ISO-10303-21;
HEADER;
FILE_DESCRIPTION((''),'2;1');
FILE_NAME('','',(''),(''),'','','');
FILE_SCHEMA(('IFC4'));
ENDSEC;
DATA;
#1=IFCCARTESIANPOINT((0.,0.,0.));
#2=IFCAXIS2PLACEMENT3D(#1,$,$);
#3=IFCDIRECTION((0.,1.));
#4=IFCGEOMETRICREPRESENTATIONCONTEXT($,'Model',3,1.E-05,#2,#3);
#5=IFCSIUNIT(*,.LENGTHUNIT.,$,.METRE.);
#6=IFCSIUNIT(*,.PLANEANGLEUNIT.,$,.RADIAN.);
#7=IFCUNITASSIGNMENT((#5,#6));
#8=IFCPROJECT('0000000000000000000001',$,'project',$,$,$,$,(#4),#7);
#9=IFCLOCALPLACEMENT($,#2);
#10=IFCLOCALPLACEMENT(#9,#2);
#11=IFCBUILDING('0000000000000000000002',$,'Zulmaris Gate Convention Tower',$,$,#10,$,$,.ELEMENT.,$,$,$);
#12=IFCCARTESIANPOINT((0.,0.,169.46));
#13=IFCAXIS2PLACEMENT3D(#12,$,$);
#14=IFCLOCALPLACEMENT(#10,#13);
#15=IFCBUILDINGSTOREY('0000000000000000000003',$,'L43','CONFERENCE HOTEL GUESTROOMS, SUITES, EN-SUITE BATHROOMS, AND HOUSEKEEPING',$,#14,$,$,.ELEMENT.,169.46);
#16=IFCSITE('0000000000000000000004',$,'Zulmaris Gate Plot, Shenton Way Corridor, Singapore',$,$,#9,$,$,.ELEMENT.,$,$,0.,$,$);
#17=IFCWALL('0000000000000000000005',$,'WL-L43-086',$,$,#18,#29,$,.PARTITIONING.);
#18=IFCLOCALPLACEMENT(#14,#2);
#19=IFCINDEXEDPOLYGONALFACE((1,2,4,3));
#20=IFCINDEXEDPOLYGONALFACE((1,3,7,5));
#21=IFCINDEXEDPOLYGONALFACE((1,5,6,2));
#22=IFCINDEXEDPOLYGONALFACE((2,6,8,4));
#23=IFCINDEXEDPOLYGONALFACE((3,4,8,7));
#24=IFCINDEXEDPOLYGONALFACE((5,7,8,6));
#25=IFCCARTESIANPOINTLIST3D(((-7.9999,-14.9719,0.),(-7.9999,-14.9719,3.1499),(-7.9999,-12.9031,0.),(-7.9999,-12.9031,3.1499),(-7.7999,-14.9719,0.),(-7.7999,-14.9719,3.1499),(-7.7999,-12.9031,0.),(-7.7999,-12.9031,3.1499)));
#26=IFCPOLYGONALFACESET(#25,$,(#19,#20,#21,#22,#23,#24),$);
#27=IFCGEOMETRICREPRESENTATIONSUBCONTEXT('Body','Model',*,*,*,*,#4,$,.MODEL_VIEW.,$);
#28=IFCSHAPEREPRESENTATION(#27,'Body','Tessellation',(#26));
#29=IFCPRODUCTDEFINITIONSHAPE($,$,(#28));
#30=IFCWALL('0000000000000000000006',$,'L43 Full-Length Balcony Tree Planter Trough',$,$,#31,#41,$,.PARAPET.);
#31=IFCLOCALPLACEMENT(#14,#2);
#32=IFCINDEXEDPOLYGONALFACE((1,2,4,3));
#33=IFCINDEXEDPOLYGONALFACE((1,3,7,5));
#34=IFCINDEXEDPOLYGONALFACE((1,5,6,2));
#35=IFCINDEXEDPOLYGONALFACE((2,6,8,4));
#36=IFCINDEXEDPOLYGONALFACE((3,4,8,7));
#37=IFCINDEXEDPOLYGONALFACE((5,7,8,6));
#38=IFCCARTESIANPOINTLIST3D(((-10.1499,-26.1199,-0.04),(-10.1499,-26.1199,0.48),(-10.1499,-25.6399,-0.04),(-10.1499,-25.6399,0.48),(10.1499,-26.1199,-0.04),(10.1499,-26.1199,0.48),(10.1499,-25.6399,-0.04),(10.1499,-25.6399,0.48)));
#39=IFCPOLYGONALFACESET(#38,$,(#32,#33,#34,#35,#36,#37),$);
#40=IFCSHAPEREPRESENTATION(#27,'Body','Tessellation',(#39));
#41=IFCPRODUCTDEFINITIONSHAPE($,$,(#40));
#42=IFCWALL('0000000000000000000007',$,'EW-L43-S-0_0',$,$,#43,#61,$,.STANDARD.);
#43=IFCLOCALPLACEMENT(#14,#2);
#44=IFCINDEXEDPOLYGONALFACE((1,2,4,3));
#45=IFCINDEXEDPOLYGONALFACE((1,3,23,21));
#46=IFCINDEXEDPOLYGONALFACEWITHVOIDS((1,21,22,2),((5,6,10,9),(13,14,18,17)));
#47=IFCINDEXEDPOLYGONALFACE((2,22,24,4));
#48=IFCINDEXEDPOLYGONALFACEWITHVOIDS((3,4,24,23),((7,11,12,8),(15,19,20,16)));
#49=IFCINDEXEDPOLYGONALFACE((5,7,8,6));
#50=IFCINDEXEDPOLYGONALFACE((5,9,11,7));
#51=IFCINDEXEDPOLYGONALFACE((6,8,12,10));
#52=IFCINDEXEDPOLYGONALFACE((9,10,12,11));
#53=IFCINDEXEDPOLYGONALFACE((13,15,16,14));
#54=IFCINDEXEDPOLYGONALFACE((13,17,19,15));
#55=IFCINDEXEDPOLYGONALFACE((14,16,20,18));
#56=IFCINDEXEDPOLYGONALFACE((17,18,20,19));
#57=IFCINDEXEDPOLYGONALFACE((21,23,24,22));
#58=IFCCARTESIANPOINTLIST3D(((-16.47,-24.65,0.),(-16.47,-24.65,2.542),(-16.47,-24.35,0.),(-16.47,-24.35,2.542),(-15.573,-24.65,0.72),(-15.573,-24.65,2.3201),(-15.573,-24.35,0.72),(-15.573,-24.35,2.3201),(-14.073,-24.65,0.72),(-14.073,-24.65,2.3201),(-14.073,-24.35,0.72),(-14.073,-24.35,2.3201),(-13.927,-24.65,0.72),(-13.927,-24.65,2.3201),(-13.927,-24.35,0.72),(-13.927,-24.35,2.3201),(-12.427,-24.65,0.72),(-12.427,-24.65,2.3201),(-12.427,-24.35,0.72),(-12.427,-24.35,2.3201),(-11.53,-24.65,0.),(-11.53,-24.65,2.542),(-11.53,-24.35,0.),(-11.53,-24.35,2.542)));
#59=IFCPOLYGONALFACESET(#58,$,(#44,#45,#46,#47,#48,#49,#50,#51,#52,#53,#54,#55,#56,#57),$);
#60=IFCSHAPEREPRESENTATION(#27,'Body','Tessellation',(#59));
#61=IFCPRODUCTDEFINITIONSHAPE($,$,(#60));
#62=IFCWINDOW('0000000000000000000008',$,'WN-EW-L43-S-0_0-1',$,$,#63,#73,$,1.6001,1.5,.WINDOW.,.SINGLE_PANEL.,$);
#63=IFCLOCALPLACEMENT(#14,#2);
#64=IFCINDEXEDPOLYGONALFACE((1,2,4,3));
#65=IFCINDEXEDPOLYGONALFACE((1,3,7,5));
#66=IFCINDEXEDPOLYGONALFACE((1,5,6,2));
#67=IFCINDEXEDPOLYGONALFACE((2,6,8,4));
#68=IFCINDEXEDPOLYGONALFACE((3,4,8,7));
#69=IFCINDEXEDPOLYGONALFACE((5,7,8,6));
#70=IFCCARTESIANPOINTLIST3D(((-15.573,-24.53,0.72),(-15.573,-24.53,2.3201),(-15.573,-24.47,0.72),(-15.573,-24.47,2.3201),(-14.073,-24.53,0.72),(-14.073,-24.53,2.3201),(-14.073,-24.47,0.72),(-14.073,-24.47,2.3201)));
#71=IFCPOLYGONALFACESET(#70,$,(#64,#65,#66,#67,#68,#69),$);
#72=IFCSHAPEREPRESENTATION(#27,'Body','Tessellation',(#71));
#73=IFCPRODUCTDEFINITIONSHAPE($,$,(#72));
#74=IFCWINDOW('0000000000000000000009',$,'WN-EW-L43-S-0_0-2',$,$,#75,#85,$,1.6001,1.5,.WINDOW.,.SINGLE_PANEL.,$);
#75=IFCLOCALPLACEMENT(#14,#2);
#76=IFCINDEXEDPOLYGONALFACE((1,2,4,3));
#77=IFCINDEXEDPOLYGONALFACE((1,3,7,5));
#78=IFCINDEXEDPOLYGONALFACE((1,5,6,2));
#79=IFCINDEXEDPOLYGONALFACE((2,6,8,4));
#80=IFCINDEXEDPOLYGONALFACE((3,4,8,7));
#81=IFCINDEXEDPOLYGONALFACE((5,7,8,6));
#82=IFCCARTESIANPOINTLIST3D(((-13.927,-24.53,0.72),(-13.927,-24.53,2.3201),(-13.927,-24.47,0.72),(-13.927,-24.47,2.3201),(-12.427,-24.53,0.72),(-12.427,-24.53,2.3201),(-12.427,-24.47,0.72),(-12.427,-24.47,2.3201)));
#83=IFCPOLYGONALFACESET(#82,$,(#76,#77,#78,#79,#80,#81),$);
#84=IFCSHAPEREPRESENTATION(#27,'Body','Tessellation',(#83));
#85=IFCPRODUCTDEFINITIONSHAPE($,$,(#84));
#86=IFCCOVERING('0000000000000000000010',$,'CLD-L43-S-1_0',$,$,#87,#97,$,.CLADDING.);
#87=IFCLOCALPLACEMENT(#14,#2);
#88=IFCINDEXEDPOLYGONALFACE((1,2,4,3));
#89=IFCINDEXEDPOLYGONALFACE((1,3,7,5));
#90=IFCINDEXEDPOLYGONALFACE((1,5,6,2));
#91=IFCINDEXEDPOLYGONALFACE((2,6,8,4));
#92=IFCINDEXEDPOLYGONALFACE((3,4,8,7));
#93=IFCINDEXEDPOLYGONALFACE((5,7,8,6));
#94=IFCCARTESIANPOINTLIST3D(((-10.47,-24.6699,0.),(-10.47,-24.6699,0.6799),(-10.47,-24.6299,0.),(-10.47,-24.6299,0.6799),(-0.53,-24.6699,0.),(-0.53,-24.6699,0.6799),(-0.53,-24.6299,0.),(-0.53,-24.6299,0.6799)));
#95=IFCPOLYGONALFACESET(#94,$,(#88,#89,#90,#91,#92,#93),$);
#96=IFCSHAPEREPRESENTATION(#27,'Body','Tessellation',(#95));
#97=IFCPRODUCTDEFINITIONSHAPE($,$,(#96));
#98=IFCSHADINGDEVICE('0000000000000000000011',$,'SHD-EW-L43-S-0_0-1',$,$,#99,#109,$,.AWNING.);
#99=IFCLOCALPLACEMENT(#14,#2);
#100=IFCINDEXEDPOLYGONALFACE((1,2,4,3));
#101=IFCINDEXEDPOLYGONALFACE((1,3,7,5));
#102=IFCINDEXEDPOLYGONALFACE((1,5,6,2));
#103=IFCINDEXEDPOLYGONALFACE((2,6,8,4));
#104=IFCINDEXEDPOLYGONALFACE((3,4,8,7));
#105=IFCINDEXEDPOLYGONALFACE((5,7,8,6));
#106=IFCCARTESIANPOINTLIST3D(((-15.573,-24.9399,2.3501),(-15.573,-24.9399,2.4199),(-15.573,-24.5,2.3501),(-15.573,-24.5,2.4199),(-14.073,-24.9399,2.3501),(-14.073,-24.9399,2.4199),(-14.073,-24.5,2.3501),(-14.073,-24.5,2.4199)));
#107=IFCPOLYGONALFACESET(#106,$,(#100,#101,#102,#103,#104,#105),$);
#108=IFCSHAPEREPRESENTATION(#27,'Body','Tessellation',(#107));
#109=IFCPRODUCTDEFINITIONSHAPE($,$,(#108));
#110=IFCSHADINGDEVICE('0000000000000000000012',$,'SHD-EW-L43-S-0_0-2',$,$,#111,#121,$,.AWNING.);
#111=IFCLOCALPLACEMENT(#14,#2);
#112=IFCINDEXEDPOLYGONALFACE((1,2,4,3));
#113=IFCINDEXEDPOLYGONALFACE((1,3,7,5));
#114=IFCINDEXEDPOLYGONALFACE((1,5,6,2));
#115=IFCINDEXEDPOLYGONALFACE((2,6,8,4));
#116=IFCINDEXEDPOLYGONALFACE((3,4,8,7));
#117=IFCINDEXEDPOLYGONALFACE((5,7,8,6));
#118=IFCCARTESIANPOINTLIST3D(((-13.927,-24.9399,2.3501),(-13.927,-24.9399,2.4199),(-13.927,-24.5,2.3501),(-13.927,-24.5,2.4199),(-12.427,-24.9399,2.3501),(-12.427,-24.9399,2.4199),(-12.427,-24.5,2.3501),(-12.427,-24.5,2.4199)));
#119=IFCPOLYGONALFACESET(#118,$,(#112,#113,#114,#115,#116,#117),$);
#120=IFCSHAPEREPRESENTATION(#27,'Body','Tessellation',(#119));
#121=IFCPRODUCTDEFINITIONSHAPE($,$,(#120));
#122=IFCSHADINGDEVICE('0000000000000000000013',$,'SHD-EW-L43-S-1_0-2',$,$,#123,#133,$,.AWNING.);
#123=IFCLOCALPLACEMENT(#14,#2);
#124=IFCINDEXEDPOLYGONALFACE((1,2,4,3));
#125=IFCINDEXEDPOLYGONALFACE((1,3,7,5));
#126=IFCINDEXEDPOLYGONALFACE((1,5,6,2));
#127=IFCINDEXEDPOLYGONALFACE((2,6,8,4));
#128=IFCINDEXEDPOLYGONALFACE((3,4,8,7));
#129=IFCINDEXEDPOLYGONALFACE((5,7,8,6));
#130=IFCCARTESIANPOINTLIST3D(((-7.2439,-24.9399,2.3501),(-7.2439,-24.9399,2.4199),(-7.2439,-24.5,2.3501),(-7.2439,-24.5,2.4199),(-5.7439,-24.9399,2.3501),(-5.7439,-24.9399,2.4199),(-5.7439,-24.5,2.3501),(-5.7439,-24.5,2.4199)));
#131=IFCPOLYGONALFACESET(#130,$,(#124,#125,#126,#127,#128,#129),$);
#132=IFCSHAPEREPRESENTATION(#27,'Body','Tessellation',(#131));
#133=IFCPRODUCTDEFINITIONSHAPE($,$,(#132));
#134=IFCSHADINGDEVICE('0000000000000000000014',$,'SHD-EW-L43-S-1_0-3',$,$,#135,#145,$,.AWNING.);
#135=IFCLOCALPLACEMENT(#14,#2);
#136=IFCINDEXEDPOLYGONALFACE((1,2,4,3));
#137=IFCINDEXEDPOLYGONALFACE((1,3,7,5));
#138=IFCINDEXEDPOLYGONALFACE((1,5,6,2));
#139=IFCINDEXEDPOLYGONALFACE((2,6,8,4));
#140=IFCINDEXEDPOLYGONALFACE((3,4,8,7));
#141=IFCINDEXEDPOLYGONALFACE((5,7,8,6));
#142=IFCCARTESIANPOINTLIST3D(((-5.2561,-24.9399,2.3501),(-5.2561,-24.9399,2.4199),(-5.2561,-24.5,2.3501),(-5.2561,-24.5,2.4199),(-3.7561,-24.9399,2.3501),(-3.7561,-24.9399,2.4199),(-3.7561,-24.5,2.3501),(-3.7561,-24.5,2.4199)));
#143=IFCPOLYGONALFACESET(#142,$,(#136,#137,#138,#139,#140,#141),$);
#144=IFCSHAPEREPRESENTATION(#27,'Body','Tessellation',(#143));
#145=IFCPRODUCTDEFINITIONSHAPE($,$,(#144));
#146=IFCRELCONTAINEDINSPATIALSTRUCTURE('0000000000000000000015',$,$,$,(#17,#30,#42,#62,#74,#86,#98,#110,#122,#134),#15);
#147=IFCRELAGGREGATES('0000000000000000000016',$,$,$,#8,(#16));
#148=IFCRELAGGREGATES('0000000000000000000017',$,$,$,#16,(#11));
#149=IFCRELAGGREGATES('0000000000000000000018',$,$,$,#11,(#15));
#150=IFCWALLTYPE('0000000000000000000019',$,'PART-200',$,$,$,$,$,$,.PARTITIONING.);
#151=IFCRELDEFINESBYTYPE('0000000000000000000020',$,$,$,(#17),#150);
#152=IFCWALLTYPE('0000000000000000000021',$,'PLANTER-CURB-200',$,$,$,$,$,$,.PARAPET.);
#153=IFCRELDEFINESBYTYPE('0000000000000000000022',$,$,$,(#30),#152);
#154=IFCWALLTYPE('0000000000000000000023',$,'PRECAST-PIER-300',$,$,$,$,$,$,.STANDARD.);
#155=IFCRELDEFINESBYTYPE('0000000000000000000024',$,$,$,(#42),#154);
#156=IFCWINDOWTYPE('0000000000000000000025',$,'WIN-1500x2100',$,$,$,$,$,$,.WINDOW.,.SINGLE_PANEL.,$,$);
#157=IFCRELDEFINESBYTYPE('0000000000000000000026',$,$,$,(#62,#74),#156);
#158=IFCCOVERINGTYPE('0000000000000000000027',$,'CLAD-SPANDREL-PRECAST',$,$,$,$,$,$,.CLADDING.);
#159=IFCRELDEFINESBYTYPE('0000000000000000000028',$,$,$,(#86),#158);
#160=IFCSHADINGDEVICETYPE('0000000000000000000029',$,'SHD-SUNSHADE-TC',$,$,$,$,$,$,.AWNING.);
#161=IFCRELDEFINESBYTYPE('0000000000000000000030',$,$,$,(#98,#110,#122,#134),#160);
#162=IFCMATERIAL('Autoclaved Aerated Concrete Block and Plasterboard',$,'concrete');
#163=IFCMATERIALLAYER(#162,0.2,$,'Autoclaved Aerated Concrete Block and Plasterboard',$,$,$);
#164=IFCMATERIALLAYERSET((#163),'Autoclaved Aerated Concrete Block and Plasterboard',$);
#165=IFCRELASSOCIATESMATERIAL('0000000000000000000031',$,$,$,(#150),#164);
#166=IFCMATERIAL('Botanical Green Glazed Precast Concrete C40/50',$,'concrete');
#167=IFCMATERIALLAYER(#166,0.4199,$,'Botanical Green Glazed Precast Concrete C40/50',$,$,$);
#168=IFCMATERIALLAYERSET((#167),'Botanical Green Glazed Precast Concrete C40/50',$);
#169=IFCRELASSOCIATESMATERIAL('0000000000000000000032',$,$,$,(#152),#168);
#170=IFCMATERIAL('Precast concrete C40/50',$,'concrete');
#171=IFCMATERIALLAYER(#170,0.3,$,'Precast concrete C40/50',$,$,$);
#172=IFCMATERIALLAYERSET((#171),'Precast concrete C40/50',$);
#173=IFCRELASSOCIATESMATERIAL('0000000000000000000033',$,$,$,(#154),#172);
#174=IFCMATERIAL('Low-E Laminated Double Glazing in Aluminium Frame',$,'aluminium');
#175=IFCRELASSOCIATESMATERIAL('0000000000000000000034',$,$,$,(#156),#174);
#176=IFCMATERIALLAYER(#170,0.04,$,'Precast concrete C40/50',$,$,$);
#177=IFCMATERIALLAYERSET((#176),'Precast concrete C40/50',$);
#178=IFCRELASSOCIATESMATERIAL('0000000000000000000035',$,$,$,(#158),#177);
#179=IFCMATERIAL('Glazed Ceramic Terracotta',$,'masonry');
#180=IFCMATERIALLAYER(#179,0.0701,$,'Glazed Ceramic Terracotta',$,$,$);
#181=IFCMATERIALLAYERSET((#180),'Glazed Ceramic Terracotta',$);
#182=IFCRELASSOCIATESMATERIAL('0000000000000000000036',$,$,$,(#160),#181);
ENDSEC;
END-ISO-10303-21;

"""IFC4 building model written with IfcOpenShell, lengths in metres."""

from ifc_helpers import new_model, si_unit, direction, frame, frame_2d, origin, place, context, subcontext, project, spatial, rectangle, extrude, material, layer, layer_set, type_object, element, fill, save


model = new_model("IFC4")

# Units and contexts
model_context = context("Model", 3, precision=1e-05, world=origin(), true_north=direction((0.0, 1.0)))
body_context = subcontext(model_context, "Body", "Model", "MODEL_VIEW")
ifc_project = project(units=[si_unit("LENGTHUNIT", "METRE"), si_unit("PLANEANGLEUNIT", "RADIAN")], contexts=[model_context])

# Site, building, storey
site_placement = place(None, origin())
site = spatial("IfcSite", under=ifc_project, at=site_placement, Name="Zulmaris Gate Plot, Shenton Way Corridor, Singapore", CompositionType="ELEMENT", RefElevation=0.0)
building_placement = place(site_placement, origin())
building = spatial("IfcBuilding", under=site, at=building_placement, Name="Zulmaris Gate Convention Tower", CompositionType="ELEMENT")
storey_placement = place(building_placement, frame((0.0, 0.0, 169.46)))
storey = spatial("IfcBuildingStorey", under=building, at=storey_placement, Name="L43", Description="CONFERENCE HOTEL GUESTROOMS, SUITES, EN-SUITE BATHROOMS, AND HOUSEKEEPING", CompositionType="ELEMENT", Elevation=169.46)

# Walls
ifc_material_1 = material(Name="Autoclaved Aerated Concrete Block and Plasterboard", Category="concrete")
ifc_layer_1 = layer(ifc_material_1, 0.2, Name="Autoclaved Aerated Concrete Block and Plasterboard")
ifc_layer_set_1 = layer_set([ifc_layer_1], Name="Autoclaved Aerated Concrete Block and Plasterboard")
wall_type_1 = type_object("IfcWallType", Name="PART-200", PredefinedType="PARTITIONING", material=ifc_layer_set_1)
wall_1_placement = place(storey_placement, frame((-7.8999, -14.9719, 0.0), z_axis=(0.0, 0.0, 1.0), x_axis=(0.0, 1.0, 0.0)))
element("IfcWall", 1, at=wall_1_placement, inside=storey, type_object=wall_type_1, Name="WL-L43-086", PredefinedType="PARTITIONING", context=body_context, shape_type="SweptSolid", body=[
    extrude(rectangle(XDim=2.0688, YDim=0.2, at=frame_2d((1.0344, 0.0))), origin(), (0.0, 0.0, 1.0), 3.1499),
])
ifc_material_2 = material(Name="Botanical Green Glazed Precast Concrete C40/50", Category="concrete")
ifc_layer_2 = layer(ifc_material_2, 0.4199, Name="Botanical Green Glazed Precast Concrete C40/50")
ifc_layer_set_2 = layer_set([ifc_layer_2], Name="Botanical Green Glazed Precast Concrete C40/50")
wall_type_2 = type_object("IfcWallType", Name="PLANTER-CURB-200", PredefinedType="PARAPET", material=ifc_layer_set_2)
wall_2_placement = place(storey_placement, frame((-10.1499, -25.8799, -0.04), z_axis=(0.0, 0.0, 1.0), x_axis=(1.0, 0.0, 0.0)))
element("IfcWall", 2, at=wall_2_placement, inside=storey, type_object=wall_type_2, Name="L43 Full-Length Balcony Tree Planter Trough", PredefinedType="PARAPET", context=body_context, shape_type="SweptSolid", body=[
    extrude(rectangle(XDim=20.2998, YDim=0.48, at=frame_2d((10.1499, 0.0))), origin(), (0.0, 0.0, 1.0), 0.52),
])

# Wall, openings, windows
ifc_material_3 = material(Name="Precast concrete C40/50", Category="concrete")
ifc_layer_3 = layer(ifc_material_3, 0.3, Name="Precast concrete C40/50")
ifc_layer_set_3 = layer_set([ifc_layer_3], Name="Precast concrete C40/50")
wall_type_3 = type_object("IfcWallType", Name="PRECAST-PIER-300", PredefinedType="STANDARD", material=ifc_layer_set_3)
wall_3_placement = place(storey_placement, frame((-16.47, -24.5, 0.0), z_axis=(0.0, 0.0, 1.0), x_axis=(1.0, 0.0, 0.0)))
wall_3 = element("IfcWall", 3, at=wall_3_placement, inside=storey, type_object=wall_type_3, Name="EW-L43-S-0_0", PredefinedType="STANDARD", context=body_context, shape_type="SweptSolid", body=[
    extrude(rectangle(XDim=4.9399, YDim=0.3, at=frame_2d((2.47, 0.0))), origin(), (0.0, 0.0, 1.0), 2.542),
])
opening_1_placement = place(wall_3_placement, frame((0.897, 0.0, 0.72)))
opening_1 = element("IfcOpeningElement", 4, at=opening_1_placement, cuts=wall_3, PredefinedType="OPENING", context=body_context, shape_type="SweptSolid", body=[
    extrude(rectangle(XDim=1.5, YDim=1.6001, at=frame_2d((0.75, 0.8))), frame((0.0, 0.1602, 0.0), z_axis=(0.0, -1.0, 0.0), x_axis=(1.0, 0.0, 0.0)), (0.0, 0.0, 1.0), 0.3201),
])
opening_2_placement = place(wall_3_placement, frame((2.543, 0.0, 0.72)))
opening_2 = element("IfcOpeningElement", 5, at=opening_2_placement, cuts=wall_3, PredefinedType="OPENING", context=body_context, shape_type="SweptSolid", body=[
    extrude(rectangle(XDim=1.5, YDim=1.6001, at=frame_2d((0.75, 0.8))), frame((0.0, 0.1602, 0.0), z_axis=(0.0, -1.0, 0.0), x_axis=(1.0, 0.0, 0.0)), (0.0, 0.0, 1.0), 0.3201),
])
ifc_material_4 = material(Name="Low-E Laminated Double Glazing in Aluminium Frame", Category="aluminium")
window_type = type_object("IfcWindowType", Name="WIN-1500x2100", PartitioningType="SINGLE_PANEL", PredefinedType="WINDOW", material=ifc_material_4)
window_1_placement = place(opening_1_placement, origin())
window_1 = element("IfcWindow", 6, at=window_1_placement, inside=storey, type_object=window_type, Name="WN-EW-L43-S-0_0-1", OverallHeight=1.6001, OverallWidth=1.5, PartitioningType="SINGLE_PANEL", PredefinedType="WINDOW", context=body_context, shape_type="SweptSolid", body=[
    extrude(rectangle(XDim=1.5, YDim=1.6001, at=frame_2d((0.75, 0.8))), frame((0.0, 0.03, 0.0), z_axis=(0.0, -1.0, 0.0), x_axis=(1.0, 0.0, 0.0)), (0.0, 0.0, 1.0), 0.0601),
])
fill(opening_1, window_1)
window_2_placement = place(opening_2_placement, origin())
window_2 = element("IfcWindow", 7, at=window_2_placement, inside=storey, type_object=window_type, Name="WN-EW-L43-S-0_0-2", OverallHeight=1.6001, OverallWidth=1.5, PartitioningType="SINGLE_PANEL", PredefinedType="WINDOW", context=body_context, shape_type="SweptSolid", body=[
    extrude(rectangle(XDim=1.5, YDim=1.6001, at=frame_2d((0.75, 0.8))), frame((0.0, 0.03, 0.0), z_axis=(0.0, -1.0, 0.0), x_axis=(1.0, 0.0, 0.0)), (0.0, 0.0, 1.0), 0.0601),
])
fill(opening_2, window_2)

# Covering
ifc_layer_4 = layer(ifc_material_3, 0.04, Name="Precast concrete C40/50")
ifc_layer_set_4 = layer_set([ifc_layer_4], Name="Precast concrete C40/50")
covering_type = type_object("IfcCoveringType", Name="CLAD-SPANDREL-PRECAST", PredefinedType="CLADDING", material=ifc_layer_set_4)
covering_placement = place(storey_placement, frame((-10.47, -24.6499, 0.0), z_axis=(0.0, 0.0, 1.0), x_axis=(1.0, 0.0, 0.0)))
element("IfcCovering", 8, at=covering_placement, inside=storey, type_object=covering_type, Name="CLD-L43-S-1_0", PredefinedType="CLADDING", context=body_context, shape_type="SweptSolid", body=[
    extrude(rectangle(XDim=9.9399, YDim=0.04, at=frame_2d((4.97, 0.0))), origin(), (0.0, 0.0, 1.0), 0.6799),
])

# Shading devices
ifc_material_5 = material(Name="Glazed Ceramic Terracotta", Category="masonry")
ifc_layer_5 = layer(ifc_material_5, 0.0701, Name="Glazed Ceramic Terracotta")
ifc_layer_set_5 = layer_set([ifc_layer_5], Name="Glazed Ceramic Terracotta")
shading_device_type = type_object("IfcShadingDeviceType", Name="SHD-SUNSHADE-TC", PredefinedType="AWNING", material=ifc_layer_set_5)
for number, where, z_axis, x_axis, name in (
    (9, (-15.573, -24.72, 2.3501), (0.0, 0.0, 1.0), (1.0, 0.0, 0.0), "SHD-EW-L43-S-0_0-1"),
    (10, (-13.927, -24.72, 2.3501), (0.0, 0.0, 1.0), (1.0, 0.0, 0.0), "SHD-EW-L43-S-0_0-2"),
    (11, (-7.2439, -24.72, 2.3501), (0.0, 0.0, 1.0), (1.0, 0.0, 0.0), "SHD-EW-L43-S-1_0-2"),
    (12, (-5.2561, -24.72, 2.3501), (0.0, 0.0, 1.0), (1.0, 0.0, 0.0), "SHD-EW-L43-S-1_0-3"),
):
    element("IfcShadingDevice", number, at=place(storey_placement, frame(where, z_axis=z_axis, x_axis=x_axis)), inside=storey, type_object=shading_device_type, Name=name, PredefinedType="AWNING", context=body_context, shape_type="SweptSolid", body=[
        extrude(rectangle(XDim=1.5, YDim=0.4399, at=frame_2d((0.75, 0.0))), origin(), (0.0, 0.0, 1.0), 0.0698),
    ])

save(model, "model.ifc")
